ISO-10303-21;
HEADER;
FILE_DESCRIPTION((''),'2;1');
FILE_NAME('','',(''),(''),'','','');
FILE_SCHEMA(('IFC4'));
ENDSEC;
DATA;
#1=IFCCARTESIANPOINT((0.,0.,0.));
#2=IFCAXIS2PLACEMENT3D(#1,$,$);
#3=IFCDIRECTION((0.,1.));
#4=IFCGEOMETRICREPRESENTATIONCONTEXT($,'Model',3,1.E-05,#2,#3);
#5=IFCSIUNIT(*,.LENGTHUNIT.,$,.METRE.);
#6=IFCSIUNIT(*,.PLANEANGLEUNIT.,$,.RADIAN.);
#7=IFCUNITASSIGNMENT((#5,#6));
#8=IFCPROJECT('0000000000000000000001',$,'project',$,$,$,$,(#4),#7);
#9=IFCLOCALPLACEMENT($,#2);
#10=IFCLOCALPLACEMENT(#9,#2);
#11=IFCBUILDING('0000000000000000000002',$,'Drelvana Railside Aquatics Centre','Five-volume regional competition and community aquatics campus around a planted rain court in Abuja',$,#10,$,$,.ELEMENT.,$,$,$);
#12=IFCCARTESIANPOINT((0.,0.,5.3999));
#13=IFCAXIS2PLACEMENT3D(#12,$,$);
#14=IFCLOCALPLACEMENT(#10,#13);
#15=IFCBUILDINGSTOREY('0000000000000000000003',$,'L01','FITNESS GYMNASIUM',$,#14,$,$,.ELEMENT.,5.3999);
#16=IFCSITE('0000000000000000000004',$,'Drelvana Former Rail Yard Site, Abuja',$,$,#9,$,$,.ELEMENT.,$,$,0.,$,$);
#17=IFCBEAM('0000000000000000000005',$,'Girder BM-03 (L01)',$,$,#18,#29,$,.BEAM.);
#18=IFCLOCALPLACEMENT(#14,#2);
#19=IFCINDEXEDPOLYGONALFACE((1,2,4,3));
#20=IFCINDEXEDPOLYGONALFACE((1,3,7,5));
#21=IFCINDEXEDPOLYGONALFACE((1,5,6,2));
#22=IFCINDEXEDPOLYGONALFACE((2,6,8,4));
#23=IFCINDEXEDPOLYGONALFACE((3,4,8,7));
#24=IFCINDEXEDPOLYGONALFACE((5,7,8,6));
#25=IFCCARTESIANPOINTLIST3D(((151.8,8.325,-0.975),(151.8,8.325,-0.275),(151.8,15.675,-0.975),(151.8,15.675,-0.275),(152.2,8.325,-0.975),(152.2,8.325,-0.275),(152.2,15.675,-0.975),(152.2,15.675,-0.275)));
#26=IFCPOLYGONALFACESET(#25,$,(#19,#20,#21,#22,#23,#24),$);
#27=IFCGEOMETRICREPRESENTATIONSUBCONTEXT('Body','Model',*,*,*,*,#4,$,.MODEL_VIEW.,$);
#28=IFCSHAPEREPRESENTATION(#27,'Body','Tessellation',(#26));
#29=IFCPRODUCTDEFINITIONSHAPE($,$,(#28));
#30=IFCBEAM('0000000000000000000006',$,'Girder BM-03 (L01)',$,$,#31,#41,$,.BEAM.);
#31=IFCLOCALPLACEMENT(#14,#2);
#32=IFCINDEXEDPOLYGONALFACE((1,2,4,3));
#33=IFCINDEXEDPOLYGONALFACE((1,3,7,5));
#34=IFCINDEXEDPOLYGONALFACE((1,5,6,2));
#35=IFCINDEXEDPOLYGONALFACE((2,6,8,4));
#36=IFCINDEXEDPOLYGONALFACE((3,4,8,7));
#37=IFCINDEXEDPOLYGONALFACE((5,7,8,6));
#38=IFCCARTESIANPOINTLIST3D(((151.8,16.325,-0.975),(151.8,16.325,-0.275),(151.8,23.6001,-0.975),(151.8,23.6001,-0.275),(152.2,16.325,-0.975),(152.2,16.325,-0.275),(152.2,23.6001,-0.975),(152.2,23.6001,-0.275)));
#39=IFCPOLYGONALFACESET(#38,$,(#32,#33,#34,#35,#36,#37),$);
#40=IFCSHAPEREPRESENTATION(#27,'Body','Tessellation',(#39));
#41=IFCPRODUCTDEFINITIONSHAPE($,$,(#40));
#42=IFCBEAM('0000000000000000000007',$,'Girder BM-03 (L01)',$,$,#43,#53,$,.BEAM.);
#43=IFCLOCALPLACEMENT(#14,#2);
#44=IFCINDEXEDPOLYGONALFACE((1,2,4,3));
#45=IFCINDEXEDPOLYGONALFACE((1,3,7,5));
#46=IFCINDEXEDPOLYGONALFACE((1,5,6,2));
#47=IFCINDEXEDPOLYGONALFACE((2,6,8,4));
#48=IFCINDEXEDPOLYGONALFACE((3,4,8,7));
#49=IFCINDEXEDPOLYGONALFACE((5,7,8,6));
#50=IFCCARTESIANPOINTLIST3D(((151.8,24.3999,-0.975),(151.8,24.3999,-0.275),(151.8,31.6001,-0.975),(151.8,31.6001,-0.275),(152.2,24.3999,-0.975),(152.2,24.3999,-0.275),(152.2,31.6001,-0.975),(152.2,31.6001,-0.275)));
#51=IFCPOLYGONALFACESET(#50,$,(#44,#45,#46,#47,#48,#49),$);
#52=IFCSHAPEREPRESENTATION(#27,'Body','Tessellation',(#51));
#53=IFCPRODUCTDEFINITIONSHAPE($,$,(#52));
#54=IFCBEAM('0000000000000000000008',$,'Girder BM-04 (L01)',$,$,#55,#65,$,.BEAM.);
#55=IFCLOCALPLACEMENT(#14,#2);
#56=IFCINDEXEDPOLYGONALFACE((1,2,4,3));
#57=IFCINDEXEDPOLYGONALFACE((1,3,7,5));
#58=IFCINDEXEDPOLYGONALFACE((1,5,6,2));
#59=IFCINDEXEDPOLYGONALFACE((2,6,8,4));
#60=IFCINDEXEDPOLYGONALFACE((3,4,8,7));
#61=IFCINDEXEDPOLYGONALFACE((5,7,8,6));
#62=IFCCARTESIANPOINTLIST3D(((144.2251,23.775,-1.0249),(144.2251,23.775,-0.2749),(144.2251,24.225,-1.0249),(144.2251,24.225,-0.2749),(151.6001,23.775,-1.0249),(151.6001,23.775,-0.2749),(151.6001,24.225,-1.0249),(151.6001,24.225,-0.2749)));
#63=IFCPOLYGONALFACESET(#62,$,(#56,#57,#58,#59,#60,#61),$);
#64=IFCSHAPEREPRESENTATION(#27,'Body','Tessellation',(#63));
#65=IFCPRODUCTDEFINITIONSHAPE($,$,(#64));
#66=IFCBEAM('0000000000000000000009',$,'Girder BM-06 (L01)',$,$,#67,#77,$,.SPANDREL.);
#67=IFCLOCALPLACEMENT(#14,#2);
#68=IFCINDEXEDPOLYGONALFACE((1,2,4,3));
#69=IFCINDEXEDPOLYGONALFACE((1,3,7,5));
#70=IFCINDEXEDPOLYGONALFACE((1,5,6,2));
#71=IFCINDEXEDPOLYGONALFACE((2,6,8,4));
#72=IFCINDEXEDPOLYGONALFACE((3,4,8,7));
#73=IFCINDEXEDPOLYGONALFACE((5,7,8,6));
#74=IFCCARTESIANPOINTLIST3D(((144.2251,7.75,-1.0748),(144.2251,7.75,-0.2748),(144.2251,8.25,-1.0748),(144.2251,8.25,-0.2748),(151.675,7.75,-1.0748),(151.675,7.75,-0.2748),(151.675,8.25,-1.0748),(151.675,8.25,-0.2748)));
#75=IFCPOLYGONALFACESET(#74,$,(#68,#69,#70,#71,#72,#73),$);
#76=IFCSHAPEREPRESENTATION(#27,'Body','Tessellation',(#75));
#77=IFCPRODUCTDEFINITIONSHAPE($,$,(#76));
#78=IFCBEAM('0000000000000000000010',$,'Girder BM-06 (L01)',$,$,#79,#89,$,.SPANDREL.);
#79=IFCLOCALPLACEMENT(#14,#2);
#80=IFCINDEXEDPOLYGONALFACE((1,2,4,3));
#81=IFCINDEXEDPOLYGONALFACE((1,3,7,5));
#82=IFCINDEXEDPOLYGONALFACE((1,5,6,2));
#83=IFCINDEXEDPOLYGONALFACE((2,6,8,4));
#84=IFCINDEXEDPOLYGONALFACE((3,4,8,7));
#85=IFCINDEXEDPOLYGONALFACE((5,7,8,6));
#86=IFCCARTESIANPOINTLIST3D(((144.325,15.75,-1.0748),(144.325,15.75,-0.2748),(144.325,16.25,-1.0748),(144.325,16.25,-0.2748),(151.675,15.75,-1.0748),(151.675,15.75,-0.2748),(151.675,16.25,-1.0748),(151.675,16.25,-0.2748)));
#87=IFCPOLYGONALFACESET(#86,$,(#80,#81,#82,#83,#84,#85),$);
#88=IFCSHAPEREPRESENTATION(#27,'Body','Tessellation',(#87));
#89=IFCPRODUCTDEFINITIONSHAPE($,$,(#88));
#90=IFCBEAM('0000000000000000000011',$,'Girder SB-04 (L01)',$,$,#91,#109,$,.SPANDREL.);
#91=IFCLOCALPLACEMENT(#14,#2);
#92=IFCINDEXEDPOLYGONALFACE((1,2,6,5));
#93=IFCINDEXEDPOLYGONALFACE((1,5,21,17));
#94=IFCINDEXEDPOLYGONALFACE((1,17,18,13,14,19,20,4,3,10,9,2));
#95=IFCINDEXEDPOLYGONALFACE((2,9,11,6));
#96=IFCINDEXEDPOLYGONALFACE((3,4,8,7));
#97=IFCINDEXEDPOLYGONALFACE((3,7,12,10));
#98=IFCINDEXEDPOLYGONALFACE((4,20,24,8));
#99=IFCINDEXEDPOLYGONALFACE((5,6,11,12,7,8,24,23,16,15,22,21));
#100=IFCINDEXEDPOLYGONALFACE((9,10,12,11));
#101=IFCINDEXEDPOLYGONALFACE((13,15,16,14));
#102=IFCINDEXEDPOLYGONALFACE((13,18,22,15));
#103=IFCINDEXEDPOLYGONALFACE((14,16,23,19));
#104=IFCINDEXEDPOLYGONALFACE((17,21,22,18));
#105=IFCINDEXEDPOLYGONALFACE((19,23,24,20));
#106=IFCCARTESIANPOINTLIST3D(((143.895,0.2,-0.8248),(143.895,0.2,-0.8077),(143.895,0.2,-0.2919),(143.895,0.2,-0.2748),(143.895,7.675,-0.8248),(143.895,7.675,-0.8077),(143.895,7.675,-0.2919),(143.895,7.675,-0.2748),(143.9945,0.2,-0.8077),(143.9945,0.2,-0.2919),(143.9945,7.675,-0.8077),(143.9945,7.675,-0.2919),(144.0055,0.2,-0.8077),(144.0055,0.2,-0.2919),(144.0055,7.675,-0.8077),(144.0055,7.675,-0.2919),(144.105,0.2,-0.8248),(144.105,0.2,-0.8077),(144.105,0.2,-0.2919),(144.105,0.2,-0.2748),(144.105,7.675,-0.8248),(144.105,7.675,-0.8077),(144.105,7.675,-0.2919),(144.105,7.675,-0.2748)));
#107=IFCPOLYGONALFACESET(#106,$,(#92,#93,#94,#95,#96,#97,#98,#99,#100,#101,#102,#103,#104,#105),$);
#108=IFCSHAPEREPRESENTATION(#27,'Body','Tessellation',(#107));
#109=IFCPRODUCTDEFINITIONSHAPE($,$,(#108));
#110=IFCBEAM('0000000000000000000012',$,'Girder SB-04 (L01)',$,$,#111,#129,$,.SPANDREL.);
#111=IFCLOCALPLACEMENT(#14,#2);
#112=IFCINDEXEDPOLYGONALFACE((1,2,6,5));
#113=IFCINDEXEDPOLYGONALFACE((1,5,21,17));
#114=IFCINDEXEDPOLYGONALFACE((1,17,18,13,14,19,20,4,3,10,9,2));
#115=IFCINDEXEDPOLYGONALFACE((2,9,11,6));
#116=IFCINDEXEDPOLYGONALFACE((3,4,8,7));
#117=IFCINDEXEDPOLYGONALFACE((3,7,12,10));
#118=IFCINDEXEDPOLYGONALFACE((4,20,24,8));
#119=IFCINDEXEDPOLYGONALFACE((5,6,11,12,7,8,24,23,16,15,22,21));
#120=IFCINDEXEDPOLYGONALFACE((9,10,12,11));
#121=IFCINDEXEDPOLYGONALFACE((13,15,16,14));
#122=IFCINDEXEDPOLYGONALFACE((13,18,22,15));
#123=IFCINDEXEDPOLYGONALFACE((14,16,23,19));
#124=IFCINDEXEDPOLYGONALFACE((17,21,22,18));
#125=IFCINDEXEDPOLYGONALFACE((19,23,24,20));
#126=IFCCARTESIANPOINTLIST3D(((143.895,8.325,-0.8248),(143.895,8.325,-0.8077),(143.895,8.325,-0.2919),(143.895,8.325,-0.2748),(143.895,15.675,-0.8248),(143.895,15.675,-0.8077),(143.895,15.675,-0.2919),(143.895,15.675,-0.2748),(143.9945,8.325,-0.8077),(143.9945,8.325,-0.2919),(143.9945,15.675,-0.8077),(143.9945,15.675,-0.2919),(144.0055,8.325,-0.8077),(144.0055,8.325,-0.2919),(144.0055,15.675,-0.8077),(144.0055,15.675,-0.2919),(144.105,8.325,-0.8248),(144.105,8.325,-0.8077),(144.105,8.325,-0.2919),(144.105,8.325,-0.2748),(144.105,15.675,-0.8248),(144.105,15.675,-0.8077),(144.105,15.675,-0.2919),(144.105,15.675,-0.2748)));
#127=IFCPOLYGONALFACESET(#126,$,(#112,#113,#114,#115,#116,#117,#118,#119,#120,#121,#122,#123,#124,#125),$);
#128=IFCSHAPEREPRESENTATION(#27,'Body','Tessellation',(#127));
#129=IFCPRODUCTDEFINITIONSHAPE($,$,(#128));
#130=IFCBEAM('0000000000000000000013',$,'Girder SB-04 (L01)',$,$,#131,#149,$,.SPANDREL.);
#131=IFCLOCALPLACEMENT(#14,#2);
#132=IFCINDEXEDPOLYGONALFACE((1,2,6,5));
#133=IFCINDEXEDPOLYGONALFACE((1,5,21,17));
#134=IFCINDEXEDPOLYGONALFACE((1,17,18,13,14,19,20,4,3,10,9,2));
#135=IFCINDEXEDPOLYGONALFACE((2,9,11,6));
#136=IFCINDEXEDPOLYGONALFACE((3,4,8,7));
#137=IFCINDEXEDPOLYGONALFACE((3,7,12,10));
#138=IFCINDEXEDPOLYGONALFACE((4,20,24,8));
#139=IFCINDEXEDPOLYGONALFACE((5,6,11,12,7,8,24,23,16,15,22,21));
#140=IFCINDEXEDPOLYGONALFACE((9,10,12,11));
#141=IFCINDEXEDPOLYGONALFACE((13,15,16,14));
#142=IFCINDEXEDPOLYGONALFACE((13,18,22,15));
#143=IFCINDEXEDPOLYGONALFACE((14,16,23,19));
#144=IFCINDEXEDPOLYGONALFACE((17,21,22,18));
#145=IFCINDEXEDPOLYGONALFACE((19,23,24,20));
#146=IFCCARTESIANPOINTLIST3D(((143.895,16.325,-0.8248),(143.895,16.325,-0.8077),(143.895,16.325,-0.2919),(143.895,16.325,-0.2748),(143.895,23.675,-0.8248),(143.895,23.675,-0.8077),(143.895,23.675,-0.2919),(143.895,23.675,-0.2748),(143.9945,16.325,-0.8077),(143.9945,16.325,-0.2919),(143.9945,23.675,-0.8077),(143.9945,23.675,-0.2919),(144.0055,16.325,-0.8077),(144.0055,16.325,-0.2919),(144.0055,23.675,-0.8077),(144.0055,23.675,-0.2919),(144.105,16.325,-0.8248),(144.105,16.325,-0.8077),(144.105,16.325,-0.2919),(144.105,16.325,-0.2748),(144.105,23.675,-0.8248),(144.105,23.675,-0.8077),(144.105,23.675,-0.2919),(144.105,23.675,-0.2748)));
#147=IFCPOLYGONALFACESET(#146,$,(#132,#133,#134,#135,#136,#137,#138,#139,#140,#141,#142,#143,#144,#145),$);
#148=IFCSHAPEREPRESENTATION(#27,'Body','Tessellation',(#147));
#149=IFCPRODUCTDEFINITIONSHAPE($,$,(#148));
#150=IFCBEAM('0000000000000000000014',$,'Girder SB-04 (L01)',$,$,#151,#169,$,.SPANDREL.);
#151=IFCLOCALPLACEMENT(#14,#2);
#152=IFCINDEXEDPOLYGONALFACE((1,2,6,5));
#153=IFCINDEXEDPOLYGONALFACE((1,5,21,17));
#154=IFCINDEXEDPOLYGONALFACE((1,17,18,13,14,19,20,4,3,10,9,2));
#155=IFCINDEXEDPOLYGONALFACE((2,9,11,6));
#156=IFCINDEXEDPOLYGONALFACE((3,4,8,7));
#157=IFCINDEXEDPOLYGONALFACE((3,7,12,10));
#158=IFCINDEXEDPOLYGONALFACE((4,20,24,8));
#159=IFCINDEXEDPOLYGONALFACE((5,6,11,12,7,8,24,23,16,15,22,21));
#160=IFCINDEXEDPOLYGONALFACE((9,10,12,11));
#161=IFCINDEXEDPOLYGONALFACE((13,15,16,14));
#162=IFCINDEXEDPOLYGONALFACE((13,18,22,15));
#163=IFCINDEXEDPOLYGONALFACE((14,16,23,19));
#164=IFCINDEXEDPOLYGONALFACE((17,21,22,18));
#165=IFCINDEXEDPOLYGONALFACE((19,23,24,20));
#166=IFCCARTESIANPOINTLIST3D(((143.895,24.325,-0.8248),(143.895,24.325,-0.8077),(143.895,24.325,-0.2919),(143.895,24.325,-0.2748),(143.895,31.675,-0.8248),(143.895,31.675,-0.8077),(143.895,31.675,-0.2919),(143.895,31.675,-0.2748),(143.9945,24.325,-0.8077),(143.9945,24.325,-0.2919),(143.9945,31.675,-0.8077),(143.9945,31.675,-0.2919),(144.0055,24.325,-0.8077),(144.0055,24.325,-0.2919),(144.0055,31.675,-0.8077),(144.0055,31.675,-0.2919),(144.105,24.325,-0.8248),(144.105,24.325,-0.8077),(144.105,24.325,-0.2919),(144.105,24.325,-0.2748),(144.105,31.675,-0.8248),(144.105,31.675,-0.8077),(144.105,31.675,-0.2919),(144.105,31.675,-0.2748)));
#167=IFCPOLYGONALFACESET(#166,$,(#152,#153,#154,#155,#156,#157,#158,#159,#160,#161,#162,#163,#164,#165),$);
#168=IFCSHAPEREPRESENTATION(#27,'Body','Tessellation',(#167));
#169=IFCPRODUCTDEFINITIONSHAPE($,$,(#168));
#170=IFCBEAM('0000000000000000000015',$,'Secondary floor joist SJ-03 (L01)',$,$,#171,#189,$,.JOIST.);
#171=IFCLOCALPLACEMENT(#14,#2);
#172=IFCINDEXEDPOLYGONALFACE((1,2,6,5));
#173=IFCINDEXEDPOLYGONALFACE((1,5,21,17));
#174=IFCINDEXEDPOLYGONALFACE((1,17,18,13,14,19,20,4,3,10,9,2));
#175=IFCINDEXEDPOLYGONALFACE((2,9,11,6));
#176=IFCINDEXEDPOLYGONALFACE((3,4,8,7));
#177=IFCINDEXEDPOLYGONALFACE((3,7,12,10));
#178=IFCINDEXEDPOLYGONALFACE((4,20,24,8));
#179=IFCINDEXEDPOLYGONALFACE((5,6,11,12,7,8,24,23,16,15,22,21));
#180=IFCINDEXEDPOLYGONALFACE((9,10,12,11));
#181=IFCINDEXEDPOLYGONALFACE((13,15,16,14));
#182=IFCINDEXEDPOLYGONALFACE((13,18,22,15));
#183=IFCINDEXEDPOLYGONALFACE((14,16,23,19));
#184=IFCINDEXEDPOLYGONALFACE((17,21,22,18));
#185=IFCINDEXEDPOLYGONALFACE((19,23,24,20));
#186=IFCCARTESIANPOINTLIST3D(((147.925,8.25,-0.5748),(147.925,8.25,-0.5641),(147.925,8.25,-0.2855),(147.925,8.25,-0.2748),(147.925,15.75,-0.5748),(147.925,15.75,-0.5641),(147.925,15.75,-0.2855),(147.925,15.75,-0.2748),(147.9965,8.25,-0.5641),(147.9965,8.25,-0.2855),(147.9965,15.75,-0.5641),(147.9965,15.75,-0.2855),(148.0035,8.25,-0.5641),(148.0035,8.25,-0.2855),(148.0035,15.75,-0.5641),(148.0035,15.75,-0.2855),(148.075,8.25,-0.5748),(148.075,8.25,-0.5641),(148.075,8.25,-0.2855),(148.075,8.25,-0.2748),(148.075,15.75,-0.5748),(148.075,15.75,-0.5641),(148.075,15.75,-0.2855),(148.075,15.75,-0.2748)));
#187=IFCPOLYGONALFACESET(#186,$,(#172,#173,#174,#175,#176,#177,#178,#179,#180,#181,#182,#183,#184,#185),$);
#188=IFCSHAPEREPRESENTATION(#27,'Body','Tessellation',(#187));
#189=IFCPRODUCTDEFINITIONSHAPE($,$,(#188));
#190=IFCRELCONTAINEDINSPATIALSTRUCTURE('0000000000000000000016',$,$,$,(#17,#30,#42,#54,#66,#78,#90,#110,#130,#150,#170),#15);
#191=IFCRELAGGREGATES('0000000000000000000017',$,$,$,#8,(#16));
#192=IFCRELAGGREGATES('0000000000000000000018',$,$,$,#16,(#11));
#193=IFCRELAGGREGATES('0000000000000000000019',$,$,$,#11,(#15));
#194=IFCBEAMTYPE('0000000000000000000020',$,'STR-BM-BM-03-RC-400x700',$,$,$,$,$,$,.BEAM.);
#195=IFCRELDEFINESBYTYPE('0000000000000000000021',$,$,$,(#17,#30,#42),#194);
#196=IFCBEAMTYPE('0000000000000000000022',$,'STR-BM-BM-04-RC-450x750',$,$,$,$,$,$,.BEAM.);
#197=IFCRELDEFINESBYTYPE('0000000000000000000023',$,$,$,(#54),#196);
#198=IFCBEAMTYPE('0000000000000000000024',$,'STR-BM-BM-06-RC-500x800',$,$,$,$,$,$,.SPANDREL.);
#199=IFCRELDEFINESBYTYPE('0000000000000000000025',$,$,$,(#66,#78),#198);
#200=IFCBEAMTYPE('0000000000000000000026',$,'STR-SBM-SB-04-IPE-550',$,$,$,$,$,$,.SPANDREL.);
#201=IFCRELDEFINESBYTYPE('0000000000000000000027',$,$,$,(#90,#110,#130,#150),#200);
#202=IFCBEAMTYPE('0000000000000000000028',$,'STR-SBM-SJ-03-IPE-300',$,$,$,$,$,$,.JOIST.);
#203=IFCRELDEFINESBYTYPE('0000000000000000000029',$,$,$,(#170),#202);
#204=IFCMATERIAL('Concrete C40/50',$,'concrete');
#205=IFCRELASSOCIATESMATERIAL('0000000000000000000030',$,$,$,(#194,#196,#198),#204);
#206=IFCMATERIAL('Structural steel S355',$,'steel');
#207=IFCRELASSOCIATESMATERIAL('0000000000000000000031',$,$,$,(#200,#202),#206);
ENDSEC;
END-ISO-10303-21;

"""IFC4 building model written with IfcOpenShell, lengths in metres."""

from ifc_helpers import new_model, si_unit, direction, frame, origin, origin_2d, place, context, subcontext, project, spatial, rectangle, i_section, extrude, material, material_profile, profile_set, type_object, element, save


model = new_model("IFC4")

# Units and contexts
model_context = context("Model", 3, precision=1e-05, world=origin(), true_north=direction((0.0, 1.0)))
body_context = subcontext(model_context, "Body", "Model", "MODEL_VIEW")
ifc_project = project(units=[si_unit("LENGTHUNIT", "METRE"), si_unit("PLANEANGLEUNIT", "RADIAN")], contexts=[model_context])

# Site, building, storey
site_placement = place(None, origin())
site = spatial("IfcSite", under=ifc_project, at=site_placement, Name="Drelvana Former Rail Yard Site, Abuja", CompositionType="ELEMENT", RefElevation=0.0)
building_placement = place(site_placement, origin())
building = spatial("IfcBuilding", under=site, at=building_placement, Name="Drelvana Railside Aquatics Centre", Description="Five-volume regional competition and community aquatics campus around a planted rain court in Abuja", CompositionType="ELEMENT")
storey_placement = place(building_placement, frame((0.0, 0.0, 5.3999)))
storey = spatial("IfcBuildingStorey", under=building, at=storey_placement, Name="L01", Description="FITNESS GYMNASIUM", CompositionType="ELEMENT", Elevation=5.3999)

# Shared definitions
ifc_material_1 = material(Name="Concrete C40/50", Category="concrete")
ifc_material_2 = material(Name="Structural steel S355", Category="steel")

# Beams
ifc_material_profile_1 = material_profile(ifc_material_1, rectangle(XDim=0.3999, YDim=0.7, at=origin_2d()), Name="RC 400x700")
ifc_profile_set_1 = profile_set([ifc_material_profile_1], Name="Concrete C40/50")
beam_type_1 = type_object("IfcBeamType", Name="STR-BM-BM-03-RC-400x700", PredefinedType="BEAM", material=ifc_profile_set_1)
beam_1_placement = place(storey_placement, frame((152.0, 8.325, -0.625), z_axis=(0.0, 1.0, 0.0), x_axis=(-1.0, 0.0, 0.0)))
element("IfcBeam", 1, at=beam_1_placement, inside=storey, type_object=beam_type_1, Name="Girder BM-03 (L01)", PredefinedType="BEAM", context=body_context, shape_type="SweptSolid", body=[
    extrude(rectangle(XDim=0.3999, YDim=0.7, at=origin_2d()), origin(), (0.0, 0.0, 1.0), 7.3501),
])
beam_2_placement = place(storey_placement, frame((152.0, 16.325, -0.625), z_axis=(0.0, 1.0, 0.0), x_axis=(-1.0, 0.0, 0.0)))
element("IfcBeam", 2, at=beam_2_placement, inside=storey, type_object=beam_type_1, Name="Girder BM-03 (L01)", PredefinedType="BEAM", context=body_context, shape_type="SweptSolid", body=[
    extrude(rectangle(XDim=0.3999, YDim=0.7, at=origin_2d()), origin(), (0.0, 0.0, 1.0), 7.2751),
])
beam_3_placement = place(storey_placement, frame((152.0, 24.3999, -0.625), z_axis=(0.0, 1.0, 0.0), x_axis=(-1.0, 0.0, 0.0)))
element("IfcBeam", 3, at=beam_3_placement, inside=storey, type_object=beam_type_1, Name="Girder BM-03 (L01)", PredefinedType="BEAM", context=body_context, shape_type="SweptSolid", body=[
    extrude(rectangle(XDim=0.3999, YDim=0.7, at=origin_2d()), origin(), (0.0, 0.0, 1.0), 7.2002),
])
ifc_material_profile_2 = material_profile(ifc_material_1, rectangle(XDim=0.45, YDim=0.75, at=origin_2d()), Name="RC 450x750")
ifc_profile_set_2 = profile_set([ifc_material_profile_2], Name="Concrete C40/50")
beam_type_2 = type_object("IfcBeamType", Name="STR-BM-BM-04-RC-450x750", PredefinedType="BEAM", material=ifc_profile_set_2)
beam_4_placement = place(storey_placement, frame((144.2251, 24.0, -0.6499), z_axis=(1.0, 0.0, 0.0), x_axis=(0.0, 1.0, 0.0)))
element("IfcBeam", 4, at=beam_4_placement, inside=storey, type_object=beam_type_2, Name="Girder BM-04 (L01)", PredefinedType="BEAM", context=body_context, shape_type="SweptSolid", body=[
    extrude(rectangle(XDim=0.45, YDim=0.75, at=origin_2d()), origin(), (0.0, 0.0, 1.0), 7.375),
])
ifc_material_profile_3 = material_profile(ifc_material_1, rectangle(XDim=0.5, YDim=0.8, at=origin_2d()), Name="RC 500x800")
ifc_profile_set_3 = profile_set([ifc_material_profile_3], Name="Concrete C40/50")
beam_type_3 = type_object("IfcBeamType", Name="STR-BM-BM-06-RC-500x800", PredefinedType="SPANDREL", material=ifc_profile_set_3)
beam_5_placement = place(storey_placement, frame((144.2251, 8.0, -0.6748), z_axis=(1.0, 0.0, 0.0), x_axis=(0.0, 1.0, 0.0)))
element("IfcBeam", 5, at=beam_5_placement, inside=storey, type_object=beam_type_3, Name="Girder BM-06 (L01)", PredefinedType="SPANDREL", context=body_context, shape_type="SweptSolid", body=[
    extrude(rectangle(XDim=0.5, YDim=0.8, at=origin_2d()), origin(), (0.0, 0.0, 1.0), 7.45),
])
beam_6_placement = place(storey_placement, frame((144.325, 16.0, -0.6748), z_axis=(1.0, 0.0, 0.0), x_axis=(0.0, 1.0, 0.0)))
element("IfcBeam", 6, at=beam_6_placement, inside=storey, type_object=beam_type_3, Name="Girder BM-06 (L01)", PredefinedType="SPANDREL", context=body_context, shape_type="SweptSolid", body=[
    extrude(rectangle(XDim=0.5, YDim=0.8, at=origin_2d()), origin(), (0.0, 0.0, 1.0), 7.3501),
])
ifc_material_profile_4 = material_profile(ifc_material_2, i_section(OverallWidth=0.21, OverallDepth=0.55, WebThickness=0.011, FlangeThickness=0.0171, at=origin_2d()), Name="IPE 550")
ifc_profile_set_4 = profile_set([ifc_material_profile_4], Name="Structural steel S355")
beam_type_4 = type_object("IfcBeamType", Name="STR-SBM-SB-04-IPE-550", PredefinedType="SPANDREL", material=ifc_profile_set_4)
beam_7_placement = place(storey_placement, frame((144.0, 0.2, -0.5498), z_axis=(0.0, 1.0, 0.0), x_axis=(-1.0, 0.0, 0.0)))
element("IfcBeam", 7, at=beam_7_placement, inside=storey, type_object=beam_type_4, Name="Girder SB-04 (L01)", PredefinedType="SPANDREL", context=body_context, shape_type="SweptSolid", body=[
    extrude(i_section(OverallWidth=0.21, OverallDepth=0.55, WebThickness=0.011, FlangeThickness=0.0171, at=origin_2d()), origin(), (0.0, 0.0, 1.0), 7.4751),
])
for number, where, z_axis, x_axis, name in (
    (8, (144.0, 8.325, -0.5498), (0.0, 1.0, 0.0), (-1.0, 0.0, 0.0), "Girder SB-04 (L01)"),
    (9, (144.0, 16.325, -0.5498), (0.0, 1.0, 0.0), (-1.0, 0.0, 0.0), "Girder SB-04 (L01)"),
    (10, (144.0, 24.325, -0.5498), (0.0, 1.0, 0.0), (-1.0, 0.0, 0.0), "Girder SB-04 (L01)"),
):
    element("IfcBeam", number, at=place(storey_placement, frame(where, z_axis=z_axis, x_axis=x_axis)), inside=storey, type_object=beam_type_4, Name=name, PredefinedType="SPANDREL", context=body_context, shape_type="SweptSolid", body=[
        extrude(i_section(OverallWidth=0.21, OverallDepth=0.55, WebThickness=0.011, FlangeThickness=0.0171, at=origin_2d()), origin(), (0.0, 0.0, 1.0), 7.3501),
    ])
ifc_material_profile_5 = material_profile(ifc_material_2, i_section(OverallWidth=0.1499, OverallDepth=0.3, WebThickness=0.0071, FlangeThickness=0.0107, at=origin_2d()), Name="IPE 300")
ifc_profile_set_5 = profile_set([ifc_material_profile_5], Name="Structural steel S355")
beam_type_5 = type_object("IfcBeamType", Name="STR-SBM-SJ-03-IPE-300", PredefinedType="JOIST", material=ifc_profile_set_5)
beam_8_placement = place(storey_placement, frame((148.0, 8.25, -0.4248), z_axis=(0.0, 1.0, 0.0), x_axis=(-1.0, 0.0, 0.0)))
element("IfcBeam", 11, at=beam_8_placement, inside=storey, type_object=beam_type_5, Name="Secondary floor joist SJ-03 (L01)", PredefinedType="JOIST", context=body_context, shape_type="SweptSolid", body=[
    extrude(i_section(OverallWidth=0.1499, OverallDepth=0.3, WebThickness=0.0071, FlangeThickness=0.0107, at=origin_2d()), origin(), (0.0, 0.0, 1.0), 7.5),
])

save(model, "model.ifc")
